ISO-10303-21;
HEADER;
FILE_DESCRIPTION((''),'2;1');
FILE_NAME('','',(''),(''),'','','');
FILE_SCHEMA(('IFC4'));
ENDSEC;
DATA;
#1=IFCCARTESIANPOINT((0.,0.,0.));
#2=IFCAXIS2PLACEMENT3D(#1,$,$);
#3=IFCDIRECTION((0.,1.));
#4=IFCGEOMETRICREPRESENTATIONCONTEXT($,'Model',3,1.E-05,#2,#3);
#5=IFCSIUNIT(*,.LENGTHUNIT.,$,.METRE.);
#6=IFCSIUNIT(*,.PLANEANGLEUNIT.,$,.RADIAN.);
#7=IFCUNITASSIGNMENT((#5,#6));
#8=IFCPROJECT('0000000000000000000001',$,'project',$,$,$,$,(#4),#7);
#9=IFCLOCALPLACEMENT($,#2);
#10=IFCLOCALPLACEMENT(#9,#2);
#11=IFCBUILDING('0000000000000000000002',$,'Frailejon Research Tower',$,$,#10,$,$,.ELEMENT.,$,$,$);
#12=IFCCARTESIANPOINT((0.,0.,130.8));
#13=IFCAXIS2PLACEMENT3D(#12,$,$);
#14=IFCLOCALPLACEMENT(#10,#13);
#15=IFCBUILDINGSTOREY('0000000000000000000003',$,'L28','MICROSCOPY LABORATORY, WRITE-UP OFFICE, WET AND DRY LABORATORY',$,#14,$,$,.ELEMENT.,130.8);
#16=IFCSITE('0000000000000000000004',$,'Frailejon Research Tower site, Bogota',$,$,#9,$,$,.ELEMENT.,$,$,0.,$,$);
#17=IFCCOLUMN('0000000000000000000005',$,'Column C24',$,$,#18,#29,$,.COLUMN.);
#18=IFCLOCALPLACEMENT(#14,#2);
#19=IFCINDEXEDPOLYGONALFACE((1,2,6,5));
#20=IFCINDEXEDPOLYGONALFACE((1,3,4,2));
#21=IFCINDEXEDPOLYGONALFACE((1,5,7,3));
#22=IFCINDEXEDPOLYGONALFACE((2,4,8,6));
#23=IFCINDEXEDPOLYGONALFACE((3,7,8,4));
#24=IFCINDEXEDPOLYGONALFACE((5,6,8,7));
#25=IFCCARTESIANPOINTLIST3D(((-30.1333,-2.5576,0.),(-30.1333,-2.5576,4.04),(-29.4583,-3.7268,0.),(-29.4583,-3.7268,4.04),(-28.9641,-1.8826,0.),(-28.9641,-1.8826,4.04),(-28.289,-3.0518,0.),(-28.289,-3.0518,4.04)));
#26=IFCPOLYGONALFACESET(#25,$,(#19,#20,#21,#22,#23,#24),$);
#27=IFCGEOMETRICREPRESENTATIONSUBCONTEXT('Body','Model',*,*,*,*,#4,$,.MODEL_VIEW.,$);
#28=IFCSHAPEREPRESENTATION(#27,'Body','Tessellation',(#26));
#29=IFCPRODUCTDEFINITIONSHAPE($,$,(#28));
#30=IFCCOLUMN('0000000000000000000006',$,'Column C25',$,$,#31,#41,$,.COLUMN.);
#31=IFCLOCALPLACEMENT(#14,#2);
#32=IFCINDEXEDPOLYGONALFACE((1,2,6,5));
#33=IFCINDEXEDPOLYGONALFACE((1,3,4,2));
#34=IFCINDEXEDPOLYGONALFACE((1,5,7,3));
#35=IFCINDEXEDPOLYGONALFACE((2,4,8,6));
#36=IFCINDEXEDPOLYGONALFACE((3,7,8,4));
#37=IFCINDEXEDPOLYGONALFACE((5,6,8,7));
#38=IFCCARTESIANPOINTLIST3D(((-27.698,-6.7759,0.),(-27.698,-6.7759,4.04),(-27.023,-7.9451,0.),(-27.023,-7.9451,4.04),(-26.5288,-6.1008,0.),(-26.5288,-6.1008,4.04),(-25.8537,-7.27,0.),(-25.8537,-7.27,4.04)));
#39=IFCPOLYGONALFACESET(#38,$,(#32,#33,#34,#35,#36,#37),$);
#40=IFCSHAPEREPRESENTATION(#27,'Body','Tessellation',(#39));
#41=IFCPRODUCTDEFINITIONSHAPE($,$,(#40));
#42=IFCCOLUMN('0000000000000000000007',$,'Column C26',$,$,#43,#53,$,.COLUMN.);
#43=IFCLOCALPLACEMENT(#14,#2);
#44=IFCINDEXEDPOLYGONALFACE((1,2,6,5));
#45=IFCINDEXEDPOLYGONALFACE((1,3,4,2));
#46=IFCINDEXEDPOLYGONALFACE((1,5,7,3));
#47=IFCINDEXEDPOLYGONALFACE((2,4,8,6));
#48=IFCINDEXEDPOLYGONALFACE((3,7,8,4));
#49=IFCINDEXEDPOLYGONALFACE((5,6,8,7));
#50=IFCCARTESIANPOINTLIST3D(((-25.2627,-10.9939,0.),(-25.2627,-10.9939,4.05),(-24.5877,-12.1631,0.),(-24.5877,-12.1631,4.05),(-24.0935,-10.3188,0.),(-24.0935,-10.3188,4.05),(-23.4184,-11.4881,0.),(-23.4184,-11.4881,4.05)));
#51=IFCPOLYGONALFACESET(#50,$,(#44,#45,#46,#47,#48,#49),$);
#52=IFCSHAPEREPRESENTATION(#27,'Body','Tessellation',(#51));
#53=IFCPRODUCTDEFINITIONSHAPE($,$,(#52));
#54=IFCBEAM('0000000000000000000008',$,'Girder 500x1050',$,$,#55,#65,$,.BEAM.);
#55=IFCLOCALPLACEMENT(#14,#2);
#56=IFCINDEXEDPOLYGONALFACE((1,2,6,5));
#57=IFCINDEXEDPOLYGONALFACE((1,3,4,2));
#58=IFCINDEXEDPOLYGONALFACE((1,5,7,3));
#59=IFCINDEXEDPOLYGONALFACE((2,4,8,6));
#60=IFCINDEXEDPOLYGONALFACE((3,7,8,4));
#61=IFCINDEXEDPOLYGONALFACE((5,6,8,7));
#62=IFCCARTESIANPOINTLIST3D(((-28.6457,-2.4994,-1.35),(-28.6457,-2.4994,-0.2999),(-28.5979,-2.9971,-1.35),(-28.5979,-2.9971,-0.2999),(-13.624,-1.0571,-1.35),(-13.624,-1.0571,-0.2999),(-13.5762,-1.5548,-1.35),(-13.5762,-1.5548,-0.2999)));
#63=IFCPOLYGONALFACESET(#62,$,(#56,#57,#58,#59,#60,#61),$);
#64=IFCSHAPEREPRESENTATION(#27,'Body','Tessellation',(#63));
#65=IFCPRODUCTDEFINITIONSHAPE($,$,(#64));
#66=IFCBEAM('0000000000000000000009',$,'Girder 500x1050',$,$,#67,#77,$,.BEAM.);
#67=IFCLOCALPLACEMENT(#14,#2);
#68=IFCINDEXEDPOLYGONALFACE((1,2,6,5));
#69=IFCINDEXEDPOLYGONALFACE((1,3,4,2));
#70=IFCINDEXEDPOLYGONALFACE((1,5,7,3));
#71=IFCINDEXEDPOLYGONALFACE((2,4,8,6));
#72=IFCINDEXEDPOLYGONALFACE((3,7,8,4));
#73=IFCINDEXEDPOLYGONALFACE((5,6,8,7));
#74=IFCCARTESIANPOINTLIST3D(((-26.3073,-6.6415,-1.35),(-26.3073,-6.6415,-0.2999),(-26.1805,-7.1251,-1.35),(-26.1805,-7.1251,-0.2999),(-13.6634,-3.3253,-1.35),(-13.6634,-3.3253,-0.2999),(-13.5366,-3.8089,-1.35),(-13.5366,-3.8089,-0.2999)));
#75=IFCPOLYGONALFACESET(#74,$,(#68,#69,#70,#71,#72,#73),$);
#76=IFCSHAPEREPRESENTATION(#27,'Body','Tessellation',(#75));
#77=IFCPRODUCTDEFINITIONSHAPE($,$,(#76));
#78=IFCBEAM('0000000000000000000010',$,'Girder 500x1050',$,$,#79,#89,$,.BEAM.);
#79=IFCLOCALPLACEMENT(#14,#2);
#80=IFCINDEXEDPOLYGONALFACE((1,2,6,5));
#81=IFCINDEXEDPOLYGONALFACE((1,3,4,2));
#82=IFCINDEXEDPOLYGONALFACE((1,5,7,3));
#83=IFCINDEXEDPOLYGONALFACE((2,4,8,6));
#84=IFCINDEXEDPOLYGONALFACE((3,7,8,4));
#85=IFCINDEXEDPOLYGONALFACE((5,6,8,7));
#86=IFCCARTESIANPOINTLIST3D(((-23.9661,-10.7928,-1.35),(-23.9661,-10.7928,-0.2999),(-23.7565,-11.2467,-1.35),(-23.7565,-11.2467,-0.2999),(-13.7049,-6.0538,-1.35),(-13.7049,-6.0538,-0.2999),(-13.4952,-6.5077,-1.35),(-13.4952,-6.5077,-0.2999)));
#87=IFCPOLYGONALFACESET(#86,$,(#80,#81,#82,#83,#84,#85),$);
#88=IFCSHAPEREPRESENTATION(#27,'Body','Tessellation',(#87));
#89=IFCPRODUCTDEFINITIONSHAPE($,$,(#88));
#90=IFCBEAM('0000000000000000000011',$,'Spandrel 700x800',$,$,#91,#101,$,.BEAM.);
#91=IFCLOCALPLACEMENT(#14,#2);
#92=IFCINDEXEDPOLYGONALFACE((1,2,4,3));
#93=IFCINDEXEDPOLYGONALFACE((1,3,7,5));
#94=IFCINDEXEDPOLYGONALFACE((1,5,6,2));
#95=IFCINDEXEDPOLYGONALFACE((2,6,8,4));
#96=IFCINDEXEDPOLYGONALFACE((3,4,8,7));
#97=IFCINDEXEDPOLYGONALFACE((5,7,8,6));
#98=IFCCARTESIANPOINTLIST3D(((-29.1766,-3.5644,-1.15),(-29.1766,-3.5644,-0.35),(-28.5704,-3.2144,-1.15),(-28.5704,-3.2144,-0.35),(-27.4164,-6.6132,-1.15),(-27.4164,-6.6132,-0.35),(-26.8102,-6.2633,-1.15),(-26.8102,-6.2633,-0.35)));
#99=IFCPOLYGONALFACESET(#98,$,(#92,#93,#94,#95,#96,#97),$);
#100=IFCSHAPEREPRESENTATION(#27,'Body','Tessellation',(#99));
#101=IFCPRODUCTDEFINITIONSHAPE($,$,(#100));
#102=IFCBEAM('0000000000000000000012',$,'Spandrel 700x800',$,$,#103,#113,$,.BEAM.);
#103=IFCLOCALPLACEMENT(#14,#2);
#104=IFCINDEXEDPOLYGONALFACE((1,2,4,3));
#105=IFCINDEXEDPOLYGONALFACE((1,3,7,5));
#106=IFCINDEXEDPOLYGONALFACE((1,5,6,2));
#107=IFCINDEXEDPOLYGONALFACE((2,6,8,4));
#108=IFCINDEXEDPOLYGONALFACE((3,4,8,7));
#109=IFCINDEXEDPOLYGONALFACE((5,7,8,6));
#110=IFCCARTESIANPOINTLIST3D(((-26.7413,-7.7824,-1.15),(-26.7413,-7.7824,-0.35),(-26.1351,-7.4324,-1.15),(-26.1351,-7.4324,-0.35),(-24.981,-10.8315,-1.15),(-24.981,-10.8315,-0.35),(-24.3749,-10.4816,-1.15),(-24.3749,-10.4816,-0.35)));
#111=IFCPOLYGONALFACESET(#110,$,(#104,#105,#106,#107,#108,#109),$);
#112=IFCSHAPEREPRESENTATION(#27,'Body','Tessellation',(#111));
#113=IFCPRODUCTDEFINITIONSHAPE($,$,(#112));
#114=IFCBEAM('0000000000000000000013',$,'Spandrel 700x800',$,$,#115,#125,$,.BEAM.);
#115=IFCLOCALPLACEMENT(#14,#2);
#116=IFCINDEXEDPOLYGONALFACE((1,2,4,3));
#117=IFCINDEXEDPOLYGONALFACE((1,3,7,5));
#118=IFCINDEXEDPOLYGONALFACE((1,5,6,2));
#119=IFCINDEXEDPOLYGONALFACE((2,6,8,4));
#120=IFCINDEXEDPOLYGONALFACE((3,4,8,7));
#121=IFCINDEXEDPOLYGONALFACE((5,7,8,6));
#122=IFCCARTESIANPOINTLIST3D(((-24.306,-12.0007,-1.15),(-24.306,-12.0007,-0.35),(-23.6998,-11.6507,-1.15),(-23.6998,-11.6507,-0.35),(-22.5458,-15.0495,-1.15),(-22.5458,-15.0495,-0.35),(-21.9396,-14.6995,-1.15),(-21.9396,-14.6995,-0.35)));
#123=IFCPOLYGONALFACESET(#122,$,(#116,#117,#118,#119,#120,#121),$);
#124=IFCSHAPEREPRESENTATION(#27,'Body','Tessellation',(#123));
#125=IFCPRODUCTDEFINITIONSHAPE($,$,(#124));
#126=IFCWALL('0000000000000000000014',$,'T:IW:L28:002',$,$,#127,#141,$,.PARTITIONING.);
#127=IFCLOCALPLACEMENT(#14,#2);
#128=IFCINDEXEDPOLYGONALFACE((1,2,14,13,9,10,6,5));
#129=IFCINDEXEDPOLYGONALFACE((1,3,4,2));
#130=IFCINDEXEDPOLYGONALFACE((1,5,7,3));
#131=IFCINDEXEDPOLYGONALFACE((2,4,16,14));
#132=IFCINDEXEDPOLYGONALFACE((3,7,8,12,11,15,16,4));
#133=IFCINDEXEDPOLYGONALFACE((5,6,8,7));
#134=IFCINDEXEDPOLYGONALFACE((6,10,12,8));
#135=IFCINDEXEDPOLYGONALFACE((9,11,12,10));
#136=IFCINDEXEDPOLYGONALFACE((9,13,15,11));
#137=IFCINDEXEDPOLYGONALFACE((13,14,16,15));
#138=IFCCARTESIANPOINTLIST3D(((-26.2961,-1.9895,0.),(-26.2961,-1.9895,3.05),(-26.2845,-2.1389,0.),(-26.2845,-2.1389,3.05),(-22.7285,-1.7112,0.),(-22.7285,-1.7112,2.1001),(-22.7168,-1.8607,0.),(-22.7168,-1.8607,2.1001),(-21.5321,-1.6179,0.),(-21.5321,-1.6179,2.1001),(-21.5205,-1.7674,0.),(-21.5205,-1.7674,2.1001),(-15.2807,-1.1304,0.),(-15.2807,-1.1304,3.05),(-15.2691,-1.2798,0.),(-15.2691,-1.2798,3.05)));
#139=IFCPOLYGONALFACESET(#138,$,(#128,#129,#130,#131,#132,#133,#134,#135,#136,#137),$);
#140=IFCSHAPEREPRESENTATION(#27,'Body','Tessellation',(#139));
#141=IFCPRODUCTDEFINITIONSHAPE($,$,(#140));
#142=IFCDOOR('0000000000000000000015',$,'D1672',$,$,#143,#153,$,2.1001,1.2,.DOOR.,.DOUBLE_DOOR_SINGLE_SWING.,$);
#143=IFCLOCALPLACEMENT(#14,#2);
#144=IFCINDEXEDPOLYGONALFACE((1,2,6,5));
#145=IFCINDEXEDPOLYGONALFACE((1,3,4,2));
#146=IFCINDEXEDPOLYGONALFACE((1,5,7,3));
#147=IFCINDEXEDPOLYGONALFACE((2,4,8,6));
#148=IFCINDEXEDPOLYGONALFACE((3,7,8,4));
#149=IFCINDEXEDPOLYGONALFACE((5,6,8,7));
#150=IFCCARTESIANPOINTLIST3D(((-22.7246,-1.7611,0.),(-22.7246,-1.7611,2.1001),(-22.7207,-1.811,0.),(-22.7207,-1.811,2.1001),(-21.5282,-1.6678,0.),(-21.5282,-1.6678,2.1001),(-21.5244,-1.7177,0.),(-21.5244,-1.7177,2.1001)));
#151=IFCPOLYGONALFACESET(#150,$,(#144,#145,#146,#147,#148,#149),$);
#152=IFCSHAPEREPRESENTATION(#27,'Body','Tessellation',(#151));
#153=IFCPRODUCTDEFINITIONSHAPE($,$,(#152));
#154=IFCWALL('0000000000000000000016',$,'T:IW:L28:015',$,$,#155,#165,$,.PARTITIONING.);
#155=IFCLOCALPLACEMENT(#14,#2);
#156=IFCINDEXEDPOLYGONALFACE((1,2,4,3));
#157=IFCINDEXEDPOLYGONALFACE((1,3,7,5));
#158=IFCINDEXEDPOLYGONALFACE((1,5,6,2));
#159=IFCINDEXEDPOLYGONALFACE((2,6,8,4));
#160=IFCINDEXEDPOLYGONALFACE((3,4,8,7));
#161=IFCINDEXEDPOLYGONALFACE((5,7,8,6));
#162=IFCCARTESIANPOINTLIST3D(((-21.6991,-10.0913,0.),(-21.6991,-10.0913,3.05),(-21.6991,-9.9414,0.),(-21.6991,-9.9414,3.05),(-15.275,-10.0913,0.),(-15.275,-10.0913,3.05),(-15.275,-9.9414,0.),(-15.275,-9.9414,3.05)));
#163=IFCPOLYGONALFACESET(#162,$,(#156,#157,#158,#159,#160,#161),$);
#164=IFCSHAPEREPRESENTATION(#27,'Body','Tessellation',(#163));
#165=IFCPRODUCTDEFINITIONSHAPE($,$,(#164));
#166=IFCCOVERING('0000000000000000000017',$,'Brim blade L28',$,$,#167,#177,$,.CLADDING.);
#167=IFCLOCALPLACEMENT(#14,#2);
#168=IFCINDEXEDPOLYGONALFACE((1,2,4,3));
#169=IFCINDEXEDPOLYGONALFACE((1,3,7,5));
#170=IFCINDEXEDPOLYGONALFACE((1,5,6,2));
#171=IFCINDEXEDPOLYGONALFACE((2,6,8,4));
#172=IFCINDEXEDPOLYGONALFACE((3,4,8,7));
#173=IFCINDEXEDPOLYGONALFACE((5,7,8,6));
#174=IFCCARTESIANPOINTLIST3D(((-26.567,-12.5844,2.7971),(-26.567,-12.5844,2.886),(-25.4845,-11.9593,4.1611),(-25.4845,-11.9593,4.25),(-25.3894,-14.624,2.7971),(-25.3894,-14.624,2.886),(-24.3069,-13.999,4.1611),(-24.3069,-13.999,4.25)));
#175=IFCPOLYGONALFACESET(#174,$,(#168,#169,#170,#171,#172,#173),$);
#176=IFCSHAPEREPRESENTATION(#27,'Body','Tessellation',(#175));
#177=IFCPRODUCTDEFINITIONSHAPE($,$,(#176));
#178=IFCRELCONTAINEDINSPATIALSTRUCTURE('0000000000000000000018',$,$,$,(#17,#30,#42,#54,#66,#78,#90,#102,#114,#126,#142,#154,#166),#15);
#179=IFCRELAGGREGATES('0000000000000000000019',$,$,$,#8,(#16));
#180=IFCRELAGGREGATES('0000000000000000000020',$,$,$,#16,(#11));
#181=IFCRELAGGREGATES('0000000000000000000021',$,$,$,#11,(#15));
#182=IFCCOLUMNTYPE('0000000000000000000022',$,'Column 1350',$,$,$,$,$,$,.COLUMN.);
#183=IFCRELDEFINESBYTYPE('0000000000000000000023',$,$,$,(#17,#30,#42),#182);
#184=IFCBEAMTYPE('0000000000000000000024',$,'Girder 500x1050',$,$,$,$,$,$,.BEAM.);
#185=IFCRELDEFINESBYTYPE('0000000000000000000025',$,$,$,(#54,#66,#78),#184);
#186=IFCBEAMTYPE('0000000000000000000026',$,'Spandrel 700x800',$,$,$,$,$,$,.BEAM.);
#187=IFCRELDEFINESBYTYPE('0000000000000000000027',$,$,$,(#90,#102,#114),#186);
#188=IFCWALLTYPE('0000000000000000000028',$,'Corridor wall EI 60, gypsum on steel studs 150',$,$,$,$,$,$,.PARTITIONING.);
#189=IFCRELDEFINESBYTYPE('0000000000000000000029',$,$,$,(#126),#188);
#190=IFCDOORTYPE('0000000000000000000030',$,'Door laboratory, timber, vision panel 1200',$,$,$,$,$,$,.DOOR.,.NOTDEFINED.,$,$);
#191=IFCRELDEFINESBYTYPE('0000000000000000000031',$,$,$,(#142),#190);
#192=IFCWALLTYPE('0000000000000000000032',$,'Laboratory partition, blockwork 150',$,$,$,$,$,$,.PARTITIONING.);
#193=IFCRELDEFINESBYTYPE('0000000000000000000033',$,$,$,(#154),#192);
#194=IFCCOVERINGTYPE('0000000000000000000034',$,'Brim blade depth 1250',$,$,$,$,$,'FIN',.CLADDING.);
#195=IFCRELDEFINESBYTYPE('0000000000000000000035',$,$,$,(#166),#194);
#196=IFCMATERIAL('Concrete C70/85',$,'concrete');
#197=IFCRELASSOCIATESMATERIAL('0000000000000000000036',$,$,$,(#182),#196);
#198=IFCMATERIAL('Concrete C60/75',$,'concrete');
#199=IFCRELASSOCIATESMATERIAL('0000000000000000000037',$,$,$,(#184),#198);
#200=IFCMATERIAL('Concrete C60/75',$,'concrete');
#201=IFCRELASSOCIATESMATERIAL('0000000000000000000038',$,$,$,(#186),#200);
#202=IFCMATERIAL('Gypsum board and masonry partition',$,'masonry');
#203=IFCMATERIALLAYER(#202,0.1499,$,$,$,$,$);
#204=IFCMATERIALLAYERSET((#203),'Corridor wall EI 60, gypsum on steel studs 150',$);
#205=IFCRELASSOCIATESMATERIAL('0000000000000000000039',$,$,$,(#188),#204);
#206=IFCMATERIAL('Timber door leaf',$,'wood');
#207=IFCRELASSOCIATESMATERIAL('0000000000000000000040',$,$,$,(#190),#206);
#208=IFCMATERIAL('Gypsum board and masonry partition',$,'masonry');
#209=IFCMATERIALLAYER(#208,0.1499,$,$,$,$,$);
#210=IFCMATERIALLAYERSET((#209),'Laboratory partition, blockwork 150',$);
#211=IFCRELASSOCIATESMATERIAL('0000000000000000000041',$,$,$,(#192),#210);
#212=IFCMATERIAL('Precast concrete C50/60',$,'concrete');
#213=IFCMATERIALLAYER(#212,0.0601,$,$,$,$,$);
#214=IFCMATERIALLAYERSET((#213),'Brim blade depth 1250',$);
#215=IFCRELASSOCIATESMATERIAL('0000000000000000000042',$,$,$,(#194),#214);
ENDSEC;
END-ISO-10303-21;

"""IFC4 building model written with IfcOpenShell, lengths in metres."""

from ifc_helpers import new_model, si_unit, direction, frame, frame_2d, origin, origin_2d, place, context, subcontext, project, spatial, polyline, rectangle, outline, extrude, material, layer, layer_set, material_profile, profile_set, type_object, element, fill, save


model = new_model("IFC4")

# Units and contexts
model_context = context("Model", 3, precision=1e-05, world=origin(), true_north=direction((0.0, 1.0)))
body_context = subcontext(model_context, "Body", "Model", "MODEL_VIEW")
ifc_project = project(units=[si_unit("LENGTHUNIT", "METRE"), si_unit("PLANEANGLEUNIT", "RADIAN")], contexts=[model_context])

# Site, building, storey
site_placement = place(None, origin())
site = spatial("IfcSite", under=ifc_project, at=site_placement, Name="Frailejon Research Tower site, Bogota", CompositionType="ELEMENT", RefElevation=0.0)
building_placement = place(site_placement, origin())
building = spatial("IfcBuilding", under=site, at=building_placement, Name="Frailejon Research Tower", CompositionType="ELEMENT")
storey_placement = place(building_placement, frame((0.0, 0.0, 130.8)))
storey = spatial("IfcBuildingStorey", under=building, at=storey_placement, Name="L28", Description="MICROSCOPY LABORATORY, WRITE-UP OFFICE, WET AND DRY LABORATORY", CompositionType="ELEMENT", Elevation=130.8)

# Columns
ifc_material_1 = material(Name="Concrete C70/85", Category="concrete")
ifc_material_profile_1 = material_profile(ifc_material_1, rectangle(XDim=1.3501, YDim=1.3501, at=origin_2d()), Name="Column 1350")
ifc_profile_set_1 = profile_set([ifc_material_profile_1], Name="Concrete C70/85")
column_type = type_object("IfcColumnType", Name="Column 1350", PredefinedType="COLUMN", material=ifc_profile_set_1)
for number, where, z_axis, x_axis, name in (
    (1, (-29.2112, -2.8047, 0.0), (0.0, 0.0, 1.0), (0.5, -0.866025, 0.0), "Column C24"),
    (2, (-26.7759, -7.0229, 0.0), (0.0, 0.0, 1.0), (0.5, -0.866025, 0.0), "Column C25"),
):
    element("IfcColumn", number, at=place(storey_placement, frame(where, z_axis=z_axis, x_axis=x_axis)), inside=storey, type_object=column_type, Name=name, PredefinedType="COLUMN", context=body_context, shape_type="SweptSolid", body=[
        extrude(rectangle(XDim=1.3501, YDim=1.3501, at=origin_2d()), origin(), (0.0, 0.0, 1.0), 4.04),
    ])
column_placement = place(storey_placement, frame((-24.3406, -11.241, 0.0), z_axis=(0.0, 0.0, 1.0), x_axis=(0.5, -0.866025, 0.0)))
element("IfcColumn", 3, at=column_placement, inside=storey, type_object=column_type, Name="Column C26", PredefinedType="COLUMN", context=body_context, shape_type="SweptSolid", body=[
    extrude(rectangle(XDim=1.3501, YDim=1.3501, at=origin_2d()), origin(), (0.0, 0.0, 1.0), 4.05),
])

# Beams
ifc_material_2 = material(Name="Concrete C60/75", Category="concrete")
ifc_material_profile_2 = material_profile(ifc_material_2, rectangle(XDim=0.5, YDim=1.05, at=origin_2d()), Name="Girder 500x1050")
ifc_profile_set_2 = profile_set([ifc_material_profile_2], Name="Concrete C60/75")
beam_type_1 = type_object("IfcBeamType", Name="Girder 500x1050", PredefinedType="BEAM", material=ifc_profile_set_2)
beam_1_placement = place(storey_placement, frame((-28.6218, -2.7483, -0.825), z_axis=(0.995422, 0.09558, 0.0), x_axis=(-0.09558, 0.995422, 0.0)))
element("IfcBeam", 4, at=beam_1_placement, inside=storey, type_object=beam_type_1, Name="Girder 500x1050", PredefinedType="BEAM", context=body_context, shape_type="SweptSolid", body=[
    extrude(rectangle(XDim=0.5, YDim=1.05, at=origin_2d()), origin(), (0.0, 0.0, 1.0), 15.0908),
])
beam_2_placement = place(storey_placement, frame((-26.2439, -6.8833, -0.825), z_axis=(0.967284, 0.253695, 0.0), x_axis=(-0.253695, 0.967284, 0.0)))
element("IfcBeam", 5, at=beam_2_placement, inside=storey, type_object=beam_type_1, Name="Girder 500x1050", PredefinedType="BEAM", context=body_context, shape_type="SweptSolid", body=[
    extrude(rectangle(XDim=0.5, YDim=1.05, at=origin_2d()), origin(), (0.0, 0.0, 1.0), 13.0715),
])
beam_3_placement = place(storey_placement, frame((-23.8613, -11.0198, -0.825), z_axis=(0.907856, 0.419281, 0.0), x_axis=(-0.419281, 0.907856, 0.0)))
element("IfcBeam", 6, at=beam_3_placement, inside=storey, type_object=beam_type_1, Name="Girder 500x1050", PredefinedType="BEAM", context=body_context, shape_type="SweptSolid", body=[
    extrude(rectangle(XDim=0.5, YDim=1.05, at=origin_2d()), origin(), (0.0, 0.0, 1.0), 11.3027),
])
ifc_material_3 = material(Name="Concrete C60/75", Category="concrete")
ifc_material_profile_3 = material_profile(ifc_material_3, rectangle(XDim=0.7, YDim=0.8, at=origin_2d()), Name="Spandrel 700x800")
ifc_profile_set_3 = profile_set([ifc_material_profile_3], Name="Concrete C60/75")
beam_type_2 = type_object("IfcBeamType", Name="Spandrel 700x800", PredefinedType="BEAM", material=ifc_profile_set_3)
beam_4_placement = place(storey_placement, frame((-28.8735, -3.3894, -0.75), z_axis=(0.500003, -0.866024, 0.0), x_axis=(0.866024, 0.500003, 0.0)))
element("IfcBeam", 7, at=beam_4_placement, inside=storey, type_object=beam_type_2, Name="Spandrel 700x800", PredefinedType="BEAM", context=body_context, shape_type="SweptSolid", body=[
    extrude(rectangle(XDim=0.7, YDim=0.8, at=origin_2d()), origin(), (0.0, 0.0, 1.0), 3.5205),
])
beam_5_placement = place(storey_placement, frame((-26.4382, -7.6074, -0.75), z_axis=(0.499973, -0.866041, 0.0), x_axis=(0.866041, 0.499973, 0.0)))
element("IfcBeam", 8, at=beam_5_placement, inside=storey, type_object=beam_type_2, Name="Spandrel 700x800", PredefinedType="BEAM", context=body_context, shape_type="SweptSolid", body=[
    extrude(rectangle(XDim=0.7, YDim=0.8, at=origin_2d()), origin(), (0.0, 0.0, 1.0), 3.5208),
])
beam_6_placement = place(storey_placement, frame((-24.0029, -11.8257, -0.75), z_axis=(0.500003, -0.866024, 0.0), x_axis=(0.866024, 0.500003, 0.0)))
element("IfcBeam", 9, at=beam_6_placement, inside=storey, type_object=beam_type_2, Name="Spandrel 700x800", PredefinedType="BEAM", context=body_context, shape_type="SweptSolid", body=[
    extrude(rectangle(XDim=0.7, YDim=0.8, at=origin_2d()), origin(), (0.0, 0.0, 1.0), 3.5205),
])

# Wall, opening, door
ifc_material_4 = material(Name="Gypsum board and masonry partition", Category="masonry")
ifc_layer_1 = layer(ifc_material_4, 0.1499)
ifc_layer_set_1 = layer_set([ifc_layer_1], Name="Corridor wall EI 60, gypsum on steel studs 150")
wall_type_1 = type_object("IfcWallType", Name="Corridor wall EI 60, gypsum on steel studs 150", PredefinedType="PARTITIONING", material=ifc_layer_set_1)
wall_1_placement = place(storey_placement, frame((-26.2903, -2.0642, 0.0), z_axis=(0.0, 0.0, 1.0), x_axis=(0.996972, 0.077758, 0.0)))
wall_1 = element("IfcWall", 10, at=wall_1_placement, inside=storey, type_object=wall_type_1, Name="T:IW:L28:002", PredefinedType="PARTITIONING", context=body_context, shape_type="SweptSolid", body=[
    extrude(rectangle(XDim=11.0488, YDim=0.1499, at=frame_2d((5.5244, 0.0))), origin(), (0.0, 0.0, 1.0), 3.05),
])
opening_1_placement = place(wall_1_placement, frame((3.5784, 0.0, 0.0)))
opening_1 = element("IfcOpeningElement", 11, at=opening_1_placement, cuts=wall_1, PredefinedType="OPENING", context=body_context, shape_type="SweptSolid", body=[
    extrude(rectangle(XDim=1.2, YDim=2.1001, at=frame_2d((0.6001, 1.05))), frame((0.0, 0.085, 0.0), z_axis=(0.0, -1.0, 0.0), x_axis=(1.0, 0.0, 0.0)), (0.0, 0.0, 1.0), 0.1699),
])
ifc_material_5 = material(Name="Timber door leaf", Category="wood")
door_type_1 = type_object("IfcDoorType", Name="Door laboratory, timber, vision panel 1200", OperationType="NOTDEFINED", PredefinedType="DOOR", material=ifc_material_5)
door_1_placement = place(opening_1_placement, origin())
door_1 = element("IfcDoor", 12, at=door_1_placement, inside=storey, type_object=door_type_1, Name="D1672", OperationType="DOUBLE_DOOR_SINGLE_SWING", OverallHeight=2.1001, OverallWidth=1.2, PredefinedType="DOOR", context=body_context, shape_type="SweptSolid", body=[
    extrude(rectangle(XDim=1.2, YDim=2.1001, at=frame_2d((0.6001, 1.05))), frame((0.0, 0.0249, 0.0), z_axis=(0.0, -1.0, 0.0), x_axis=(1.0, 0.0, 0.0)), (0.0, 0.0, 1.0), 0.05),
])
fill(opening_1, door_1)

# Wall
ifc_material_6 = material(Name="Gypsum board and masonry partition", Category="masonry")
ifc_layer_2 = layer(ifc_material_6, 0.1499)
ifc_layer_set_2 = layer_set([ifc_layer_2], Name="Laboratory partition, blockwork 150")
wall_type_2 = type_object("IfcWallType", Name="Laboratory partition, blockwork 150", PredefinedType="PARTITIONING", material=ifc_layer_set_2)
wall_2_placement = place(storey_placement, frame((-21.699, -10.0164, 0.0), z_axis=(0.0, 0.0, 1.0), x_axis=(1.0, 0.0, 0.0)))
element("IfcWall", 13, at=wall_2_placement, inside=storey, type_object=wall_type_2, Name="T:IW:L28:015", PredefinedType="PARTITIONING", context=body_context, shape_type="SweptSolid", body=[
    extrude(rectangle(XDim=6.4241, YDim=0.1499, at=frame_2d((3.2119, 0.0))), origin(), (0.0, 0.0, 1.0), 3.05),
])

# Covering
ifc_material_7 = material(Name="Precast concrete C50/60", Category="concrete")
ifc_layer_3 = layer(ifc_material_7, 0.0601)
ifc_layer_set_3 = layer_set([ifc_layer_3], Name="Brim blade depth 1250")
covering_type_1 = type_object("IfcCoveringType", Name="Brim blade depth 1250", ElementType="FIN", PredefinedType="CLADDING", material=ifc_layer_set_3)
covering_1_placement = place(storey_placement, frame((-24.3069, -13.999, 4.25), z_axis=(-0.500006, 0.866022, 0.0), x_axis=(-0.866022, -0.500006, 0.0)))
element("IfcCovering", 14, at=covering_1_placement, inside=storey, type_object=covering_type_1, Name="Brim blade L28", PredefinedType="CLADDING", context=body_context, shape_type="SweptSolid", body=[
    extrude(outline(polyline([(0.0, -0.0889), (1.25, -1.4529), (1.25, -1.364), (0.0, 0.0), (0.0, -0.0889)])), origin(), (0.0, 0.0, 1.0), 2.3552),
])

save(model, "model.ifc")
